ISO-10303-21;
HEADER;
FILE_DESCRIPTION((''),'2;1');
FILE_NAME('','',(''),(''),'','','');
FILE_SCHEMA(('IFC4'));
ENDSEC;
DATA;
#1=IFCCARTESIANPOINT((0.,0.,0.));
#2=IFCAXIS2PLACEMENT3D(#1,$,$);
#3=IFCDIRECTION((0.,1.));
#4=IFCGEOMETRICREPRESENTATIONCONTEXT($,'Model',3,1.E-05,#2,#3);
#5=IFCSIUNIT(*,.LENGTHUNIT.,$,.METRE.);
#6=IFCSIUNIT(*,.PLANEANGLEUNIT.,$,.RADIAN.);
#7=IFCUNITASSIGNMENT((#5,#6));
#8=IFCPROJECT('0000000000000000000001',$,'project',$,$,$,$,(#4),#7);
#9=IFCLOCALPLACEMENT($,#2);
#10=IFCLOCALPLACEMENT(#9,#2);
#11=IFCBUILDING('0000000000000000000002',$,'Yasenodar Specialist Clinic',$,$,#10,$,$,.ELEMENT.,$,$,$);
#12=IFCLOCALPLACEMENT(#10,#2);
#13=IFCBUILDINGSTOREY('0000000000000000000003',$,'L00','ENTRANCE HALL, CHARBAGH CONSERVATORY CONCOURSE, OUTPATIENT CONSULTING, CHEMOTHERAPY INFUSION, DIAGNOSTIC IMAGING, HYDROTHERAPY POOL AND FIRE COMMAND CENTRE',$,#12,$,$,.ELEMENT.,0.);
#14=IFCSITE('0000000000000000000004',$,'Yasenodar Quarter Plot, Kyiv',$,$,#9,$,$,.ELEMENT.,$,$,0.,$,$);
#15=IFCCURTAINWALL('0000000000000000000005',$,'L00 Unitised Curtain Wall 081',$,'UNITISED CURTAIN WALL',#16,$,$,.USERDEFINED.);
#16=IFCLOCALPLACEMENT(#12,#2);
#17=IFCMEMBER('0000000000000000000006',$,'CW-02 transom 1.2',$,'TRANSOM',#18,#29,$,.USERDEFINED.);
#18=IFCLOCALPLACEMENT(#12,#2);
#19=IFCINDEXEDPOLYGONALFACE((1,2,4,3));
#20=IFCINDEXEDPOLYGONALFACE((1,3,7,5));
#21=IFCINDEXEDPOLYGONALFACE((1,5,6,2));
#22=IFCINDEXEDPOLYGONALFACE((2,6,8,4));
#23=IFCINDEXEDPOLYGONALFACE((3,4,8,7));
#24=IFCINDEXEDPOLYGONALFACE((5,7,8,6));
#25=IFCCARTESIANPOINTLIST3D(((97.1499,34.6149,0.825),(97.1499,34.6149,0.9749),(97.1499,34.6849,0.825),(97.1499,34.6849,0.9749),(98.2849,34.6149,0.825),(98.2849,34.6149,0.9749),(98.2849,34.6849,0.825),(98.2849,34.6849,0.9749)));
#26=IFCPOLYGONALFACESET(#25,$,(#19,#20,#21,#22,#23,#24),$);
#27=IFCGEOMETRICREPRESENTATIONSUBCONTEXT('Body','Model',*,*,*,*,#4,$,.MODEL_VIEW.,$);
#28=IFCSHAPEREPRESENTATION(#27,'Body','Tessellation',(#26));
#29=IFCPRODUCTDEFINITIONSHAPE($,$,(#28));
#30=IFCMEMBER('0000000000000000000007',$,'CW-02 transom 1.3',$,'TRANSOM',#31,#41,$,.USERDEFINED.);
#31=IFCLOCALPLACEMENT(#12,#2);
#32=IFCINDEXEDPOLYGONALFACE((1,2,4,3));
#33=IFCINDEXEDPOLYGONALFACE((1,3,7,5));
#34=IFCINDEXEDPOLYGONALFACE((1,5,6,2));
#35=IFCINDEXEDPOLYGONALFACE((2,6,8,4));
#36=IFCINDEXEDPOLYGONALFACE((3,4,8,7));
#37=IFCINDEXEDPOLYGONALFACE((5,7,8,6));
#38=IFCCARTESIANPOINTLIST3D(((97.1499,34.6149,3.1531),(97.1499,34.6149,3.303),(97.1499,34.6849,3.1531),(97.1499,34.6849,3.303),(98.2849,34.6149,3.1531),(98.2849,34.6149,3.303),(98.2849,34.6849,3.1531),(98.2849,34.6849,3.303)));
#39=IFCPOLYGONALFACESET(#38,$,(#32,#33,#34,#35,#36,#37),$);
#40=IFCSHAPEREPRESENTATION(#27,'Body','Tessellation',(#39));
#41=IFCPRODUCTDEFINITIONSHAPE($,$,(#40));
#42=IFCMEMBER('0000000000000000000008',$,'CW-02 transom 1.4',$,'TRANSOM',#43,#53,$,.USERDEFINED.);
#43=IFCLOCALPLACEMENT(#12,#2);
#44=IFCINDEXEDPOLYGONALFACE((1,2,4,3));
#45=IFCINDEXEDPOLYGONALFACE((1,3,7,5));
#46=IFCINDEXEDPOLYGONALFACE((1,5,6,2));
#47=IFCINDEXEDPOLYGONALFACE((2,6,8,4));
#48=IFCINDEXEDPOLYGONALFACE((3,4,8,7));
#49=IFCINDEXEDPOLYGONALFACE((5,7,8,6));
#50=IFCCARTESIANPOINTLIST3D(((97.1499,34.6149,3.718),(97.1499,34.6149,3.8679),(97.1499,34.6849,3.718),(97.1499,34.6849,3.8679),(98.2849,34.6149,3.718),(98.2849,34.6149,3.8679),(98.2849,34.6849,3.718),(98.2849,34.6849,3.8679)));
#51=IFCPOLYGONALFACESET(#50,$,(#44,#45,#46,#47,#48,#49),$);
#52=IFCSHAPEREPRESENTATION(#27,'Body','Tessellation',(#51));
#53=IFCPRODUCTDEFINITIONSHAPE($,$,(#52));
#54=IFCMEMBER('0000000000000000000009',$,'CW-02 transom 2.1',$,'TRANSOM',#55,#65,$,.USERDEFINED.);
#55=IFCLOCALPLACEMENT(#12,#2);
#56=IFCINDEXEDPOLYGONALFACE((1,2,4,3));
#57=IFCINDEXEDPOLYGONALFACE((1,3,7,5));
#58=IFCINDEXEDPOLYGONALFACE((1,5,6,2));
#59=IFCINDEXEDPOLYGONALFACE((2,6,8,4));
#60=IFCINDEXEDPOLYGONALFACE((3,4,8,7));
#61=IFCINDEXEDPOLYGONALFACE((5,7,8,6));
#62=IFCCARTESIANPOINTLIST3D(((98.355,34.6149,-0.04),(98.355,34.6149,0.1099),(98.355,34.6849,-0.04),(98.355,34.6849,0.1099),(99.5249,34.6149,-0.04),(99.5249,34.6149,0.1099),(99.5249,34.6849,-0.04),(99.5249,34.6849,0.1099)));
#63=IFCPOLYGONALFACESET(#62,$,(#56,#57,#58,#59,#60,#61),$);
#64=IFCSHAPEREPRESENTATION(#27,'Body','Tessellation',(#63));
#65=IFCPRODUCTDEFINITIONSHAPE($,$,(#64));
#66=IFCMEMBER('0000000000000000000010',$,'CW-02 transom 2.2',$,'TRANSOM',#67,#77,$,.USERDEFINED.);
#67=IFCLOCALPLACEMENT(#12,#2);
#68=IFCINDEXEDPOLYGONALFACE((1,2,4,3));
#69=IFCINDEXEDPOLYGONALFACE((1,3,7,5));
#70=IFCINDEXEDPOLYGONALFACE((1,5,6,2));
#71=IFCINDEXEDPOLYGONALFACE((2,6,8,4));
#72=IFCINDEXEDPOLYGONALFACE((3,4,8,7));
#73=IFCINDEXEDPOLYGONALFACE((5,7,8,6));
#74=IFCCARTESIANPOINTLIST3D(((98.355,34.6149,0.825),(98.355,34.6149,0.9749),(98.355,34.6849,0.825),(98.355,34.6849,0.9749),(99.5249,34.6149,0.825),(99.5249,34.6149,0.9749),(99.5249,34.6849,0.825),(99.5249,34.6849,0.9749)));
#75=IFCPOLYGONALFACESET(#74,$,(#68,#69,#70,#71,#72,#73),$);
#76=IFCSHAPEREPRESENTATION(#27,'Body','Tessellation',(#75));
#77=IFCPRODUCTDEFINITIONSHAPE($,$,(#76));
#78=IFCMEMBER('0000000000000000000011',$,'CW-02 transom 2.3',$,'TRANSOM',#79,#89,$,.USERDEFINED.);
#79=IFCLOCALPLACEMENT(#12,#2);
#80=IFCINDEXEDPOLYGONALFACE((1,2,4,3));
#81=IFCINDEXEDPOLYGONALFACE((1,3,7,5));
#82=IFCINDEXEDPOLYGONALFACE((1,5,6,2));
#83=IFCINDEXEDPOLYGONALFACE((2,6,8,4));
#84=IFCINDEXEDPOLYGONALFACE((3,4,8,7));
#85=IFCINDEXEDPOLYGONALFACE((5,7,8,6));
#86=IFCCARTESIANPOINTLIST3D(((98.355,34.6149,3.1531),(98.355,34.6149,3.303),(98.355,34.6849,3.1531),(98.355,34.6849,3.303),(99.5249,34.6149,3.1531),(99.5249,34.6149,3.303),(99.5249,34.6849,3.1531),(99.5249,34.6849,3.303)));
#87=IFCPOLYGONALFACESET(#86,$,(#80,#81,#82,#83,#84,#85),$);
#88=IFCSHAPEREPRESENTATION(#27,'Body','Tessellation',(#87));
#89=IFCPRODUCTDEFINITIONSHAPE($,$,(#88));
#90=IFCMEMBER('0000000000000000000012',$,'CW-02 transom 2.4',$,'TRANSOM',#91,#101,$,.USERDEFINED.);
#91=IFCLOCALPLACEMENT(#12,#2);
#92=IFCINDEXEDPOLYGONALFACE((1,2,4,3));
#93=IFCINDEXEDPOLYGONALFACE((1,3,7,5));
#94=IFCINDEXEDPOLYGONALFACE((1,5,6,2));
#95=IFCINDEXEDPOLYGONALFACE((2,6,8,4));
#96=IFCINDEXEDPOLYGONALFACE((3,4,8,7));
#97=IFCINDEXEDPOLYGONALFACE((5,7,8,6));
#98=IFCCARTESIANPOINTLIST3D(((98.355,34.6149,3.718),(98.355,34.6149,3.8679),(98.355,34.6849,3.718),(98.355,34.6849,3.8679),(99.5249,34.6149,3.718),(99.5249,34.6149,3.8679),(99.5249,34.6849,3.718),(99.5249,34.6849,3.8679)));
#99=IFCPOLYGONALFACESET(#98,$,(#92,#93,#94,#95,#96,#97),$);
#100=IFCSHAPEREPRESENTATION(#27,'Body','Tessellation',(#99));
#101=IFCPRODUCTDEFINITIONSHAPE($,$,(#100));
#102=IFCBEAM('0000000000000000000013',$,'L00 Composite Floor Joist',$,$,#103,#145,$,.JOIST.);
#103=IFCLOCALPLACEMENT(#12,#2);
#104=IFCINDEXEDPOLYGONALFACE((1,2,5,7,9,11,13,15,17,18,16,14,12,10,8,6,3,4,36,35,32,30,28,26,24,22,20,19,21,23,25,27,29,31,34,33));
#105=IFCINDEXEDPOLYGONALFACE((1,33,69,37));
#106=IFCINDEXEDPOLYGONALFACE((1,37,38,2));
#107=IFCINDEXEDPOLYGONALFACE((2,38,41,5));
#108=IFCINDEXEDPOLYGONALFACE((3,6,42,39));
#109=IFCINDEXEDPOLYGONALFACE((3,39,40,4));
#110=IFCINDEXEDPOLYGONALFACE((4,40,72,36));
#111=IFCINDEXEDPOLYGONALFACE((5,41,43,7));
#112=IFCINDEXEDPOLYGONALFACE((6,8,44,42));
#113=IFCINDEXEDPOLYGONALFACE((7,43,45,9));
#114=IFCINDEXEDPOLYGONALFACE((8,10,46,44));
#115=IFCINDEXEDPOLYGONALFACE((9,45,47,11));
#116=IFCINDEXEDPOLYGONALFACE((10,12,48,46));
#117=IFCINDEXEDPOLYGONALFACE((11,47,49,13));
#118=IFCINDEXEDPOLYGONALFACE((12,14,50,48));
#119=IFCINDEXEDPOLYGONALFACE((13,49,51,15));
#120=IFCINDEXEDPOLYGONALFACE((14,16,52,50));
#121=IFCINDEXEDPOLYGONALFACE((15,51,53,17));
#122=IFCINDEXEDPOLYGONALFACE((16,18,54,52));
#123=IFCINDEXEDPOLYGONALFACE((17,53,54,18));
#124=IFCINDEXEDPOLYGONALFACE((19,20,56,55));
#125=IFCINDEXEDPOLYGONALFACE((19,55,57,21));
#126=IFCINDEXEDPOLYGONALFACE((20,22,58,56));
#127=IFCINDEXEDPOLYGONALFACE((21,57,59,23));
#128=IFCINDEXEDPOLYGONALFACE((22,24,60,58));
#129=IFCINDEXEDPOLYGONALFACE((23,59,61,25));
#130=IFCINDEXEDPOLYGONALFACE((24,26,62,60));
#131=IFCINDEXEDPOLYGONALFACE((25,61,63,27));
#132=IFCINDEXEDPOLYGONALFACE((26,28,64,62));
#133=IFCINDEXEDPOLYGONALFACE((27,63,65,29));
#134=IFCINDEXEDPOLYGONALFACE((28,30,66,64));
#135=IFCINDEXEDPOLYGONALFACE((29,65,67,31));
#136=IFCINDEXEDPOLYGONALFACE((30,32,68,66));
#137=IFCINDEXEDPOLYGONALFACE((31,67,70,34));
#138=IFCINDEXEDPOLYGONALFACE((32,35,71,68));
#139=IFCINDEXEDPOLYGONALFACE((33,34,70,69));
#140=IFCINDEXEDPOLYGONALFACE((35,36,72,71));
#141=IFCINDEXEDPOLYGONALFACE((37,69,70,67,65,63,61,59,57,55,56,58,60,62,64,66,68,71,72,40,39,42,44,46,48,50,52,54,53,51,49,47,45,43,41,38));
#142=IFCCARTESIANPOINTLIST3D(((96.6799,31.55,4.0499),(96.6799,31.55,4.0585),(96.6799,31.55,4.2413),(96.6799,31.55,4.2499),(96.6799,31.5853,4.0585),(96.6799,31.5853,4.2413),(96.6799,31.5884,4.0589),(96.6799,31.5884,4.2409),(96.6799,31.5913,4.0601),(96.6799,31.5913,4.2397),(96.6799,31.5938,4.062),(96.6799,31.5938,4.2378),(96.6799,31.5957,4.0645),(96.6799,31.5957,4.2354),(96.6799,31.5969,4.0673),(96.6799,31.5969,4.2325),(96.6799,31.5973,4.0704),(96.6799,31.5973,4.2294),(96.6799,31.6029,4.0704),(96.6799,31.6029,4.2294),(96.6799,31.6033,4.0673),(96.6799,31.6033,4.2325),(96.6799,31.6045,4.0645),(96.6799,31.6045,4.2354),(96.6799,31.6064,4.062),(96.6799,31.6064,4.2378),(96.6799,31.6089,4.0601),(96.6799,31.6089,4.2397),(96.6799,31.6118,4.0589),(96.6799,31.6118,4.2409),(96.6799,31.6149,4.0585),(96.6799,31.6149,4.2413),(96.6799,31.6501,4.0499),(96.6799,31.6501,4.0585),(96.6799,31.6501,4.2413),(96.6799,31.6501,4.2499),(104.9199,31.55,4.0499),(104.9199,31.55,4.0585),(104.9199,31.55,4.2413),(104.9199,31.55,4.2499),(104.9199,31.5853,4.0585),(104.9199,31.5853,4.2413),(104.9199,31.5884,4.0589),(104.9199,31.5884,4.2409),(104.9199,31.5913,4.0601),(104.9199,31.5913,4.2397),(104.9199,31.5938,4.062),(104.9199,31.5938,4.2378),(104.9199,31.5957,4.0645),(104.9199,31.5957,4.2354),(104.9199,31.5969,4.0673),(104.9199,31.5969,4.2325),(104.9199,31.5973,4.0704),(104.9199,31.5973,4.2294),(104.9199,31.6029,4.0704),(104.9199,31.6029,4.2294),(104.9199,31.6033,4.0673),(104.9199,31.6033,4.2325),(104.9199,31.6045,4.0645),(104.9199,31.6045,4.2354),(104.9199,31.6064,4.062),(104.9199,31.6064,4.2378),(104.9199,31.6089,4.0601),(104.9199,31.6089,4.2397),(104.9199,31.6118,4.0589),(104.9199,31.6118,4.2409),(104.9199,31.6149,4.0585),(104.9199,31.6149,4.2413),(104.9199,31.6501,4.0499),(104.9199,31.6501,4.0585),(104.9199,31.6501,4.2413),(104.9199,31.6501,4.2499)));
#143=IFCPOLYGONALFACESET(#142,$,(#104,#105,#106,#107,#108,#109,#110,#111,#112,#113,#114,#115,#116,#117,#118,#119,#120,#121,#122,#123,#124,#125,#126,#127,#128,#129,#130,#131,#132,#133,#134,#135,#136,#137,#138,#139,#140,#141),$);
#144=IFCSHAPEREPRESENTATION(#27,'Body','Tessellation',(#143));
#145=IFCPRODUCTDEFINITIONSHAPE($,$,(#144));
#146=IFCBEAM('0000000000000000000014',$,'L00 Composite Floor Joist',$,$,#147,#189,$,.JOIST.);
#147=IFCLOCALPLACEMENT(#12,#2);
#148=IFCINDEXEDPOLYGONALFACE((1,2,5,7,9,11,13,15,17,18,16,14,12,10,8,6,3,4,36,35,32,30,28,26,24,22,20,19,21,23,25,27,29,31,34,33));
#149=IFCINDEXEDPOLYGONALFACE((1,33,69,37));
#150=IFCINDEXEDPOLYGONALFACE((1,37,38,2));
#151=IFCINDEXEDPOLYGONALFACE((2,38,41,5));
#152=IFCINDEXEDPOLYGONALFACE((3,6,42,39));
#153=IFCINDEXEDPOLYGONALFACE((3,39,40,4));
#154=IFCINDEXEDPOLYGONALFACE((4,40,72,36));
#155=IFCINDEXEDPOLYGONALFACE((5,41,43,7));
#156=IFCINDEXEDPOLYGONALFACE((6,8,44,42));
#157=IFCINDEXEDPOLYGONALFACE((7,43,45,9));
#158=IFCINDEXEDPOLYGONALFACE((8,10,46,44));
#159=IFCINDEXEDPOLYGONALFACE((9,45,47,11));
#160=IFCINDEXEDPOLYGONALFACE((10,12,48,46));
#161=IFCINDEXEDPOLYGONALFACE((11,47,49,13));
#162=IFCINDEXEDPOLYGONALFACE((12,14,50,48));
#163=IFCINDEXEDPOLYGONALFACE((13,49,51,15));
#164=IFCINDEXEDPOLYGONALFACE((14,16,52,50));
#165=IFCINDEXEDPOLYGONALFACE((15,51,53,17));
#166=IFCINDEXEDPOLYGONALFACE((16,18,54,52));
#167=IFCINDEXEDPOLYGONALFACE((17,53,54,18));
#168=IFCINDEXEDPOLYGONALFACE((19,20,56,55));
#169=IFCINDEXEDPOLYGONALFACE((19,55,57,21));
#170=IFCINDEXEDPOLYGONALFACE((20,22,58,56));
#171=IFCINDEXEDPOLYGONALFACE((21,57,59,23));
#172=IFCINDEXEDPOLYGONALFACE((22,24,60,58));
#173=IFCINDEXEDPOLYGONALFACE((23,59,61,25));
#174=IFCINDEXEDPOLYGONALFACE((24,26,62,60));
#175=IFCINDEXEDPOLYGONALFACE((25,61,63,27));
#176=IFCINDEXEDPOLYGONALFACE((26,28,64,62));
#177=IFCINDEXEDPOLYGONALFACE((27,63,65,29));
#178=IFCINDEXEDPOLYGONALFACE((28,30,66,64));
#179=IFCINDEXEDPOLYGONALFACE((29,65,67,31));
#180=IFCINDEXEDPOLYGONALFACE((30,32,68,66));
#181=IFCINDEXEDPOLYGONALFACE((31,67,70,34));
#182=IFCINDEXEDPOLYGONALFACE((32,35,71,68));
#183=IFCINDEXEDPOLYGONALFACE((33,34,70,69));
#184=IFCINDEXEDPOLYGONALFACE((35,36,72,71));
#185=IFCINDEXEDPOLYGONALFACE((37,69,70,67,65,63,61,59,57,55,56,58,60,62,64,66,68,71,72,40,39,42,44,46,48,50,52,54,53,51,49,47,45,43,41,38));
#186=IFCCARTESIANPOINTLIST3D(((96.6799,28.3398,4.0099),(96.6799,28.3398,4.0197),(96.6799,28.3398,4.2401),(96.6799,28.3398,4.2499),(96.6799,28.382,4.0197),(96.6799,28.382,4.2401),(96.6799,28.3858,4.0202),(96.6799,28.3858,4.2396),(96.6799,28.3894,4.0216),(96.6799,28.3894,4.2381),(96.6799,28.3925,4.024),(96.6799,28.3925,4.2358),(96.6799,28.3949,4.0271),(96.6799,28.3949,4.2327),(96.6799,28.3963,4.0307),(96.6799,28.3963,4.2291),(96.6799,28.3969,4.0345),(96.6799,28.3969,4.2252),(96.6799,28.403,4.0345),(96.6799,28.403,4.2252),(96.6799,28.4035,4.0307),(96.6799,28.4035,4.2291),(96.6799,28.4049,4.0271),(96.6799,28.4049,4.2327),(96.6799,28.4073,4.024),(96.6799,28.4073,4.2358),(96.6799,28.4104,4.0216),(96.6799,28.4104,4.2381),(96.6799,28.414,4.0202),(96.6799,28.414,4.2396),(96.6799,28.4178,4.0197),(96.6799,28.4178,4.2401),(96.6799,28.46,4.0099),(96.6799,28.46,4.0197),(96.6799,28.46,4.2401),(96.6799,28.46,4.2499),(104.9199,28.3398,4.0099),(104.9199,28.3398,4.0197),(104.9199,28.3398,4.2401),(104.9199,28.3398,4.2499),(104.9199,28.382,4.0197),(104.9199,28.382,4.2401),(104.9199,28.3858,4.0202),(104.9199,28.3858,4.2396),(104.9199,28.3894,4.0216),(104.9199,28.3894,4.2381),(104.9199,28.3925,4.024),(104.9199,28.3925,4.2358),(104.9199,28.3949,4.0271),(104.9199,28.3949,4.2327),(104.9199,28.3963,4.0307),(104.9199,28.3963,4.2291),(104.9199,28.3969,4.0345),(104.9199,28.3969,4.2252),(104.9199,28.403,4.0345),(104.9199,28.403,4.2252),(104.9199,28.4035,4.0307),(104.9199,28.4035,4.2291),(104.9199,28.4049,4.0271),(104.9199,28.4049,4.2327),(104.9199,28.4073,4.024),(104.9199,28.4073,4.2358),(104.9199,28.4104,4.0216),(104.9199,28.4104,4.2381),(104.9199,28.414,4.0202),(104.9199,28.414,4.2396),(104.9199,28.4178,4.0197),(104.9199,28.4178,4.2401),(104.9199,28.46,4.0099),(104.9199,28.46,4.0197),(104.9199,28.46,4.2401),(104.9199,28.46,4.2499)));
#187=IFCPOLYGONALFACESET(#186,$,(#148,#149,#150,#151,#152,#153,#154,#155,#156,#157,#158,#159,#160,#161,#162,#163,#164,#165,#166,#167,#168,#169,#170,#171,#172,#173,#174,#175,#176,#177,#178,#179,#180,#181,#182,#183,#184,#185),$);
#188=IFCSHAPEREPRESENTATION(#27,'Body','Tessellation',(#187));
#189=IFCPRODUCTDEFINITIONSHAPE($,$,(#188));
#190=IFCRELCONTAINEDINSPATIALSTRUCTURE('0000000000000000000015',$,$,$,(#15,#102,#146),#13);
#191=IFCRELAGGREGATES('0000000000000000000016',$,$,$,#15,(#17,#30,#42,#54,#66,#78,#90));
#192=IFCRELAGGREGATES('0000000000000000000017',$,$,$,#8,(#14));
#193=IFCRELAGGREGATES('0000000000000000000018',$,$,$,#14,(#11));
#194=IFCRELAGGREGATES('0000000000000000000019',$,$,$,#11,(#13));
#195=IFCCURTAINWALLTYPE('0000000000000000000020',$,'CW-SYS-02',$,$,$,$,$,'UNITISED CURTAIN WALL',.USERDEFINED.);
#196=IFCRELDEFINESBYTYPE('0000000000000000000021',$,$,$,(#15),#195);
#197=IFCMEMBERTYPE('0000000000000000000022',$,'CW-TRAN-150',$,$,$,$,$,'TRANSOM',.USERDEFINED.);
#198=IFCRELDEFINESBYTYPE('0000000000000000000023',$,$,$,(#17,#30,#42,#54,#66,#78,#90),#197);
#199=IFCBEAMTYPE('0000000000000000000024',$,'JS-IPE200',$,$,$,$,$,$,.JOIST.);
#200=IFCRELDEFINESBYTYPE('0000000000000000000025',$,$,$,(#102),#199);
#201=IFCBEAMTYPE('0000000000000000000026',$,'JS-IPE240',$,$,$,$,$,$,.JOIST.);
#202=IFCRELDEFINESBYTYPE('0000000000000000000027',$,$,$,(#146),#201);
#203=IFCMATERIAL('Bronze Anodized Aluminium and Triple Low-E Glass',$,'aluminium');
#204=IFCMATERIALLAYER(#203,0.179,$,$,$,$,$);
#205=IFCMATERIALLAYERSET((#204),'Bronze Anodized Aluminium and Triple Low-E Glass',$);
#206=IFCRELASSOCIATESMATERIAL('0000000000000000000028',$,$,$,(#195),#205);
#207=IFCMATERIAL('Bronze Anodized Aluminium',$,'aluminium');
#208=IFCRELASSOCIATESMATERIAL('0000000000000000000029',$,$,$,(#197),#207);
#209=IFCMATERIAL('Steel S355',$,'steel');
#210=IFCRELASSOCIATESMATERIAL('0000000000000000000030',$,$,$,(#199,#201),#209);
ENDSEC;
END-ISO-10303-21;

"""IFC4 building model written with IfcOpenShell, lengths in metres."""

from ifc_helpers import new_model, si_unit, direction, frame, origin, origin_2d, place, context, subcontext, project, spatial, rectangle, i_section, extrude, material, layer, layer_set, material_profile, profile_set, type_object, element, aggregate, save


model = new_model("IFC4")

# Units and contexts
model_context = context("Model", 3, precision=1e-05, world=origin(), true_north=direction((0.0, 1.0)))
body_context = subcontext(model_context, "Body", "Model", "MODEL_VIEW")
ifc_project = project(units=[si_unit("LENGTHUNIT", "METRE"), si_unit("PLANEANGLEUNIT", "RADIAN")], contexts=[model_context])

# Site, building, storey
site_placement = place(None, origin())
site = spatial("IfcSite", under=ifc_project, at=site_placement, Name="Yasenodar Quarter Plot, Kyiv", CompositionType="ELEMENT", RefElevation=0.0)
building_placement = place(site_placement, origin())
building = spatial("IfcBuilding", under=site, at=building_placement, Name="Yasenodar Specialist Clinic", CompositionType="ELEMENT")
storey_placement = place(building_placement, origin())
storey = spatial("IfcBuildingStorey", under=building, at=storey_placement, Name="L00", Description="ENTRANCE HALL, CHARBAGH CONSERVATORY CONCOURSE, OUTPATIENT CONSULTING, CHEMOTHERAPY INFUSION, DIAGNOSTIC IMAGING, HYDROTHERAPY POOL AND FIRE COMMAND CENTRE", CompositionType="ELEMENT", Elevation=0.0)

# Shared definitions
ifc_material_1 = material(Name="Steel S355", Category="steel")

# Curtain wall, members
ifc_material_2 = material(Name="Bronze Anodized Aluminium and Triple Low-E Glass", Category="aluminium")
ifc_layer_1 = layer(ifc_material_2, 0.179)
ifc_layer_set_1 = layer_set([ifc_layer_1], Name="Bronze Anodized Aluminium and Triple Low-E Glass")
curtain_wall_type = type_object("IfcCurtainWallType", Name="CW-SYS-02", ElementType="UNITISED CURTAIN WALL", PredefinedType="USERDEFINED", material=ifc_layer_set_1)
curtain_wall_placement = place(storey_placement, origin())
curtain_wall = element("IfcCurtainWall", 1, at=curtain_wall_placement, inside=storey, type_object=curtain_wall_type, Name="L00 Unitised Curtain Wall 081", ObjectType="UNITISED CURTAIN WALL", PredefinedType="USERDEFINED")
ifc_material_3 = material(Name="Bronze Anodized Aluminium", Category="aluminium")
ifc_material_profile_1 = material_profile(ifc_material_3, rectangle(XDim=0.0701, YDim=0.1499, at=origin_2d()), Name="CW-TRAN 70x150")
ifc_profile_set_1 = profile_set([ifc_material_profile_1], Name="Bronze Anodized Aluminium")
member_type_1 = type_object("IfcMemberType", Name="CW-TRAN-150", ElementType="TRANSOM", PredefinedType="USERDEFINED", material=ifc_profile_set_1)
member_1_placement = place(storey_placement, frame((97.1499, 34.6499, 0.8999), z_axis=(1.0, 0.0, 0.0), x_axis=(0.0, 1.0, 0.0)))
member_1 = element("IfcMember", 2, at=member_1_placement, type_object=member_type_1, Name="CW-02 transom 1.2", ObjectType="TRANSOM", PredefinedType="USERDEFINED", context=body_context, shape_type="SweptSolid", body=[
    extrude(rectangle(XDim=0.0701, YDim=0.1499, at=origin_2d()), origin(), (0.0, 0.0, 1.0), 1.135),
])
member_2_placement = place(storey_placement, frame((97.1499, 34.6499, 3.228), z_axis=(1.0, 0.0, 0.0), x_axis=(0.0, 1.0, 0.0)))
member_2 = element("IfcMember", 3, at=member_2_placement, type_object=member_type_1, Name="CW-02 transom 1.3", ObjectType="TRANSOM", PredefinedType="USERDEFINED", context=body_context, shape_type="SweptSolid", body=[
    extrude(rectangle(XDim=0.0701, YDim=0.1499, at=origin_2d()), origin(), (0.0, 0.0, 1.0), 1.135),
])
member_3_placement = place(storey_placement, frame((97.1499, 34.6499, 3.793), z_axis=(1.0, 0.0, 0.0), x_axis=(0.0, 1.0, 0.0)))
member_3 = element("IfcMember", 4, at=member_3_placement, type_object=member_type_1, Name="CW-02 transom 1.4", ObjectType="TRANSOM", PredefinedType="USERDEFINED", context=body_context, shape_type="SweptSolid", body=[
    extrude(rectangle(XDim=0.0701, YDim=0.1499, at=origin_2d()), origin(), (0.0, 0.0, 1.0), 1.135),
])
member_4_placement = place(storey_placement, frame((98.355, 34.6499, 0.0349), z_axis=(1.0, 0.0, 0.0), x_axis=(0.0, 1.0, 0.0)))
member_4 = element("IfcMember", 5, at=member_4_placement, type_object=member_type_1, Name="CW-02 transom 2.1", ObjectType="TRANSOM", PredefinedType="USERDEFINED", context=body_context, shape_type="SweptSolid", body=[
    extrude(rectangle(XDim=0.0701, YDim=0.1499, at=origin_2d()), origin(), (0.0, 0.0, 1.0), 1.1699),
])
member_5_placement = place(storey_placement, frame((98.355, 34.6499, 0.8999), z_axis=(1.0, 0.0, 0.0), x_axis=(0.0, 1.0, 0.0)))
member_5 = element("IfcMember", 6, at=member_5_placement, type_object=member_type_1, Name="CW-02 transom 2.2", ObjectType="TRANSOM", PredefinedType="USERDEFINED", context=body_context, shape_type="SweptSolid", body=[
    extrude(rectangle(XDim=0.0701, YDim=0.1499, at=origin_2d()), origin(), (0.0, 0.0, 1.0), 1.1699),
])
member_6_placement = place(storey_placement, frame((98.355, 34.6499, 3.228), z_axis=(1.0, 0.0, 0.0), x_axis=(0.0, 1.0, 0.0)))
member_6 = element("IfcMember", 7, at=member_6_placement, type_object=member_type_1, Name="CW-02 transom 2.3", ObjectType="TRANSOM", PredefinedType="USERDEFINED", context=body_context, shape_type="SweptSolid", body=[
    extrude(rectangle(XDim=0.0701, YDim=0.1499, at=origin_2d()), origin(), (0.0, 0.0, 1.0), 1.1699),
])
member_7_placement = place(storey_placement, frame((98.355, 34.6499, 3.793), z_axis=(1.0, 0.0, 0.0), x_axis=(0.0, 1.0, 0.0)))
member_7 = element("IfcMember", 8, at=member_7_placement, type_object=member_type_1, Name="CW-02 transom 2.4", ObjectType="TRANSOM", PredefinedType="USERDEFINED", context=body_context, shape_type="SweptSolid", body=[
    extrude(rectangle(XDim=0.0701, YDim=0.1499, at=origin_2d()), origin(), (0.0, 0.0, 1.0), 1.1699),
])

# Beams
ifc_material_profile_2 = material_profile(ifc_material_1, i_section(OverallWidth=0.1001, OverallDepth=0.2, WebThickness=0.0056, FlangeThickness=0.0085, FilletRadius=0.012, at=origin_2d()), Name="IPE 200")
ifc_profile_set_2 = profile_set([ifc_material_profile_2], Name="Steel S355")
beam_type_1 = type_object("IfcBeamType", Name="JS-IPE200", PredefinedType="JOIST", material=ifc_profile_set_2)
beam_1_placement = place(storey_placement, frame((96.6799, 31.6001, 4.1499), z_axis=(1.0, 0.0, 0.0), x_axis=(0.0, 1.0, 0.0)))
element("IfcBeam", 9, at=beam_1_placement, inside=storey, type_object=beam_type_1, Name="L00 Composite Floor Joist", PredefinedType="JOIST", context=body_context, shape_type="SweptSolid", body=[
    extrude(i_section(OverallWidth=0.1001, OverallDepth=0.2, WebThickness=0.0056, FlangeThickness=0.0085, FilletRadius=0.012, at=origin_2d()), origin(), (0.0, 0.0, 1.0), 8.24),
])
ifc_material_profile_3 = material_profile(ifc_material_1, i_section(OverallWidth=0.1201, OverallDepth=0.24, WebThickness=0.0061, FlangeThickness=0.0098, FilletRadius=0.0149, at=origin_2d()), Name="IPE 240")
ifc_profile_set_3 = profile_set([ifc_material_profile_3], Name="Steel S355")
beam_type_2 = type_object("IfcBeamType", Name="JS-IPE240", PredefinedType="JOIST", material=ifc_profile_set_3)
beam_2_placement = place(storey_placement, frame((96.6799, 28.3999, 4.1299), z_axis=(1.0, 0.0, 0.0), x_axis=(0.0, 1.0, 0.0)))
element("IfcBeam", 10, at=beam_2_placement, inside=storey, type_object=beam_type_2, Name="L00 Composite Floor Joist", PredefinedType="JOIST", context=body_context, shape_type="SweptSolid", body=[
    extrude(i_section(OverallWidth=0.1201, OverallDepth=0.24, WebThickness=0.0061, FlangeThickness=0.0098, FilletRadius=0.0149, at=origin_2d()), origin(), (0.0, 0.0, 1.0), 8.24),
])

aggregate(curtain_wall, [member_1, member_2, member_3, member_4, member_5, member_6, member_7])

save(model, "model.ifc")
